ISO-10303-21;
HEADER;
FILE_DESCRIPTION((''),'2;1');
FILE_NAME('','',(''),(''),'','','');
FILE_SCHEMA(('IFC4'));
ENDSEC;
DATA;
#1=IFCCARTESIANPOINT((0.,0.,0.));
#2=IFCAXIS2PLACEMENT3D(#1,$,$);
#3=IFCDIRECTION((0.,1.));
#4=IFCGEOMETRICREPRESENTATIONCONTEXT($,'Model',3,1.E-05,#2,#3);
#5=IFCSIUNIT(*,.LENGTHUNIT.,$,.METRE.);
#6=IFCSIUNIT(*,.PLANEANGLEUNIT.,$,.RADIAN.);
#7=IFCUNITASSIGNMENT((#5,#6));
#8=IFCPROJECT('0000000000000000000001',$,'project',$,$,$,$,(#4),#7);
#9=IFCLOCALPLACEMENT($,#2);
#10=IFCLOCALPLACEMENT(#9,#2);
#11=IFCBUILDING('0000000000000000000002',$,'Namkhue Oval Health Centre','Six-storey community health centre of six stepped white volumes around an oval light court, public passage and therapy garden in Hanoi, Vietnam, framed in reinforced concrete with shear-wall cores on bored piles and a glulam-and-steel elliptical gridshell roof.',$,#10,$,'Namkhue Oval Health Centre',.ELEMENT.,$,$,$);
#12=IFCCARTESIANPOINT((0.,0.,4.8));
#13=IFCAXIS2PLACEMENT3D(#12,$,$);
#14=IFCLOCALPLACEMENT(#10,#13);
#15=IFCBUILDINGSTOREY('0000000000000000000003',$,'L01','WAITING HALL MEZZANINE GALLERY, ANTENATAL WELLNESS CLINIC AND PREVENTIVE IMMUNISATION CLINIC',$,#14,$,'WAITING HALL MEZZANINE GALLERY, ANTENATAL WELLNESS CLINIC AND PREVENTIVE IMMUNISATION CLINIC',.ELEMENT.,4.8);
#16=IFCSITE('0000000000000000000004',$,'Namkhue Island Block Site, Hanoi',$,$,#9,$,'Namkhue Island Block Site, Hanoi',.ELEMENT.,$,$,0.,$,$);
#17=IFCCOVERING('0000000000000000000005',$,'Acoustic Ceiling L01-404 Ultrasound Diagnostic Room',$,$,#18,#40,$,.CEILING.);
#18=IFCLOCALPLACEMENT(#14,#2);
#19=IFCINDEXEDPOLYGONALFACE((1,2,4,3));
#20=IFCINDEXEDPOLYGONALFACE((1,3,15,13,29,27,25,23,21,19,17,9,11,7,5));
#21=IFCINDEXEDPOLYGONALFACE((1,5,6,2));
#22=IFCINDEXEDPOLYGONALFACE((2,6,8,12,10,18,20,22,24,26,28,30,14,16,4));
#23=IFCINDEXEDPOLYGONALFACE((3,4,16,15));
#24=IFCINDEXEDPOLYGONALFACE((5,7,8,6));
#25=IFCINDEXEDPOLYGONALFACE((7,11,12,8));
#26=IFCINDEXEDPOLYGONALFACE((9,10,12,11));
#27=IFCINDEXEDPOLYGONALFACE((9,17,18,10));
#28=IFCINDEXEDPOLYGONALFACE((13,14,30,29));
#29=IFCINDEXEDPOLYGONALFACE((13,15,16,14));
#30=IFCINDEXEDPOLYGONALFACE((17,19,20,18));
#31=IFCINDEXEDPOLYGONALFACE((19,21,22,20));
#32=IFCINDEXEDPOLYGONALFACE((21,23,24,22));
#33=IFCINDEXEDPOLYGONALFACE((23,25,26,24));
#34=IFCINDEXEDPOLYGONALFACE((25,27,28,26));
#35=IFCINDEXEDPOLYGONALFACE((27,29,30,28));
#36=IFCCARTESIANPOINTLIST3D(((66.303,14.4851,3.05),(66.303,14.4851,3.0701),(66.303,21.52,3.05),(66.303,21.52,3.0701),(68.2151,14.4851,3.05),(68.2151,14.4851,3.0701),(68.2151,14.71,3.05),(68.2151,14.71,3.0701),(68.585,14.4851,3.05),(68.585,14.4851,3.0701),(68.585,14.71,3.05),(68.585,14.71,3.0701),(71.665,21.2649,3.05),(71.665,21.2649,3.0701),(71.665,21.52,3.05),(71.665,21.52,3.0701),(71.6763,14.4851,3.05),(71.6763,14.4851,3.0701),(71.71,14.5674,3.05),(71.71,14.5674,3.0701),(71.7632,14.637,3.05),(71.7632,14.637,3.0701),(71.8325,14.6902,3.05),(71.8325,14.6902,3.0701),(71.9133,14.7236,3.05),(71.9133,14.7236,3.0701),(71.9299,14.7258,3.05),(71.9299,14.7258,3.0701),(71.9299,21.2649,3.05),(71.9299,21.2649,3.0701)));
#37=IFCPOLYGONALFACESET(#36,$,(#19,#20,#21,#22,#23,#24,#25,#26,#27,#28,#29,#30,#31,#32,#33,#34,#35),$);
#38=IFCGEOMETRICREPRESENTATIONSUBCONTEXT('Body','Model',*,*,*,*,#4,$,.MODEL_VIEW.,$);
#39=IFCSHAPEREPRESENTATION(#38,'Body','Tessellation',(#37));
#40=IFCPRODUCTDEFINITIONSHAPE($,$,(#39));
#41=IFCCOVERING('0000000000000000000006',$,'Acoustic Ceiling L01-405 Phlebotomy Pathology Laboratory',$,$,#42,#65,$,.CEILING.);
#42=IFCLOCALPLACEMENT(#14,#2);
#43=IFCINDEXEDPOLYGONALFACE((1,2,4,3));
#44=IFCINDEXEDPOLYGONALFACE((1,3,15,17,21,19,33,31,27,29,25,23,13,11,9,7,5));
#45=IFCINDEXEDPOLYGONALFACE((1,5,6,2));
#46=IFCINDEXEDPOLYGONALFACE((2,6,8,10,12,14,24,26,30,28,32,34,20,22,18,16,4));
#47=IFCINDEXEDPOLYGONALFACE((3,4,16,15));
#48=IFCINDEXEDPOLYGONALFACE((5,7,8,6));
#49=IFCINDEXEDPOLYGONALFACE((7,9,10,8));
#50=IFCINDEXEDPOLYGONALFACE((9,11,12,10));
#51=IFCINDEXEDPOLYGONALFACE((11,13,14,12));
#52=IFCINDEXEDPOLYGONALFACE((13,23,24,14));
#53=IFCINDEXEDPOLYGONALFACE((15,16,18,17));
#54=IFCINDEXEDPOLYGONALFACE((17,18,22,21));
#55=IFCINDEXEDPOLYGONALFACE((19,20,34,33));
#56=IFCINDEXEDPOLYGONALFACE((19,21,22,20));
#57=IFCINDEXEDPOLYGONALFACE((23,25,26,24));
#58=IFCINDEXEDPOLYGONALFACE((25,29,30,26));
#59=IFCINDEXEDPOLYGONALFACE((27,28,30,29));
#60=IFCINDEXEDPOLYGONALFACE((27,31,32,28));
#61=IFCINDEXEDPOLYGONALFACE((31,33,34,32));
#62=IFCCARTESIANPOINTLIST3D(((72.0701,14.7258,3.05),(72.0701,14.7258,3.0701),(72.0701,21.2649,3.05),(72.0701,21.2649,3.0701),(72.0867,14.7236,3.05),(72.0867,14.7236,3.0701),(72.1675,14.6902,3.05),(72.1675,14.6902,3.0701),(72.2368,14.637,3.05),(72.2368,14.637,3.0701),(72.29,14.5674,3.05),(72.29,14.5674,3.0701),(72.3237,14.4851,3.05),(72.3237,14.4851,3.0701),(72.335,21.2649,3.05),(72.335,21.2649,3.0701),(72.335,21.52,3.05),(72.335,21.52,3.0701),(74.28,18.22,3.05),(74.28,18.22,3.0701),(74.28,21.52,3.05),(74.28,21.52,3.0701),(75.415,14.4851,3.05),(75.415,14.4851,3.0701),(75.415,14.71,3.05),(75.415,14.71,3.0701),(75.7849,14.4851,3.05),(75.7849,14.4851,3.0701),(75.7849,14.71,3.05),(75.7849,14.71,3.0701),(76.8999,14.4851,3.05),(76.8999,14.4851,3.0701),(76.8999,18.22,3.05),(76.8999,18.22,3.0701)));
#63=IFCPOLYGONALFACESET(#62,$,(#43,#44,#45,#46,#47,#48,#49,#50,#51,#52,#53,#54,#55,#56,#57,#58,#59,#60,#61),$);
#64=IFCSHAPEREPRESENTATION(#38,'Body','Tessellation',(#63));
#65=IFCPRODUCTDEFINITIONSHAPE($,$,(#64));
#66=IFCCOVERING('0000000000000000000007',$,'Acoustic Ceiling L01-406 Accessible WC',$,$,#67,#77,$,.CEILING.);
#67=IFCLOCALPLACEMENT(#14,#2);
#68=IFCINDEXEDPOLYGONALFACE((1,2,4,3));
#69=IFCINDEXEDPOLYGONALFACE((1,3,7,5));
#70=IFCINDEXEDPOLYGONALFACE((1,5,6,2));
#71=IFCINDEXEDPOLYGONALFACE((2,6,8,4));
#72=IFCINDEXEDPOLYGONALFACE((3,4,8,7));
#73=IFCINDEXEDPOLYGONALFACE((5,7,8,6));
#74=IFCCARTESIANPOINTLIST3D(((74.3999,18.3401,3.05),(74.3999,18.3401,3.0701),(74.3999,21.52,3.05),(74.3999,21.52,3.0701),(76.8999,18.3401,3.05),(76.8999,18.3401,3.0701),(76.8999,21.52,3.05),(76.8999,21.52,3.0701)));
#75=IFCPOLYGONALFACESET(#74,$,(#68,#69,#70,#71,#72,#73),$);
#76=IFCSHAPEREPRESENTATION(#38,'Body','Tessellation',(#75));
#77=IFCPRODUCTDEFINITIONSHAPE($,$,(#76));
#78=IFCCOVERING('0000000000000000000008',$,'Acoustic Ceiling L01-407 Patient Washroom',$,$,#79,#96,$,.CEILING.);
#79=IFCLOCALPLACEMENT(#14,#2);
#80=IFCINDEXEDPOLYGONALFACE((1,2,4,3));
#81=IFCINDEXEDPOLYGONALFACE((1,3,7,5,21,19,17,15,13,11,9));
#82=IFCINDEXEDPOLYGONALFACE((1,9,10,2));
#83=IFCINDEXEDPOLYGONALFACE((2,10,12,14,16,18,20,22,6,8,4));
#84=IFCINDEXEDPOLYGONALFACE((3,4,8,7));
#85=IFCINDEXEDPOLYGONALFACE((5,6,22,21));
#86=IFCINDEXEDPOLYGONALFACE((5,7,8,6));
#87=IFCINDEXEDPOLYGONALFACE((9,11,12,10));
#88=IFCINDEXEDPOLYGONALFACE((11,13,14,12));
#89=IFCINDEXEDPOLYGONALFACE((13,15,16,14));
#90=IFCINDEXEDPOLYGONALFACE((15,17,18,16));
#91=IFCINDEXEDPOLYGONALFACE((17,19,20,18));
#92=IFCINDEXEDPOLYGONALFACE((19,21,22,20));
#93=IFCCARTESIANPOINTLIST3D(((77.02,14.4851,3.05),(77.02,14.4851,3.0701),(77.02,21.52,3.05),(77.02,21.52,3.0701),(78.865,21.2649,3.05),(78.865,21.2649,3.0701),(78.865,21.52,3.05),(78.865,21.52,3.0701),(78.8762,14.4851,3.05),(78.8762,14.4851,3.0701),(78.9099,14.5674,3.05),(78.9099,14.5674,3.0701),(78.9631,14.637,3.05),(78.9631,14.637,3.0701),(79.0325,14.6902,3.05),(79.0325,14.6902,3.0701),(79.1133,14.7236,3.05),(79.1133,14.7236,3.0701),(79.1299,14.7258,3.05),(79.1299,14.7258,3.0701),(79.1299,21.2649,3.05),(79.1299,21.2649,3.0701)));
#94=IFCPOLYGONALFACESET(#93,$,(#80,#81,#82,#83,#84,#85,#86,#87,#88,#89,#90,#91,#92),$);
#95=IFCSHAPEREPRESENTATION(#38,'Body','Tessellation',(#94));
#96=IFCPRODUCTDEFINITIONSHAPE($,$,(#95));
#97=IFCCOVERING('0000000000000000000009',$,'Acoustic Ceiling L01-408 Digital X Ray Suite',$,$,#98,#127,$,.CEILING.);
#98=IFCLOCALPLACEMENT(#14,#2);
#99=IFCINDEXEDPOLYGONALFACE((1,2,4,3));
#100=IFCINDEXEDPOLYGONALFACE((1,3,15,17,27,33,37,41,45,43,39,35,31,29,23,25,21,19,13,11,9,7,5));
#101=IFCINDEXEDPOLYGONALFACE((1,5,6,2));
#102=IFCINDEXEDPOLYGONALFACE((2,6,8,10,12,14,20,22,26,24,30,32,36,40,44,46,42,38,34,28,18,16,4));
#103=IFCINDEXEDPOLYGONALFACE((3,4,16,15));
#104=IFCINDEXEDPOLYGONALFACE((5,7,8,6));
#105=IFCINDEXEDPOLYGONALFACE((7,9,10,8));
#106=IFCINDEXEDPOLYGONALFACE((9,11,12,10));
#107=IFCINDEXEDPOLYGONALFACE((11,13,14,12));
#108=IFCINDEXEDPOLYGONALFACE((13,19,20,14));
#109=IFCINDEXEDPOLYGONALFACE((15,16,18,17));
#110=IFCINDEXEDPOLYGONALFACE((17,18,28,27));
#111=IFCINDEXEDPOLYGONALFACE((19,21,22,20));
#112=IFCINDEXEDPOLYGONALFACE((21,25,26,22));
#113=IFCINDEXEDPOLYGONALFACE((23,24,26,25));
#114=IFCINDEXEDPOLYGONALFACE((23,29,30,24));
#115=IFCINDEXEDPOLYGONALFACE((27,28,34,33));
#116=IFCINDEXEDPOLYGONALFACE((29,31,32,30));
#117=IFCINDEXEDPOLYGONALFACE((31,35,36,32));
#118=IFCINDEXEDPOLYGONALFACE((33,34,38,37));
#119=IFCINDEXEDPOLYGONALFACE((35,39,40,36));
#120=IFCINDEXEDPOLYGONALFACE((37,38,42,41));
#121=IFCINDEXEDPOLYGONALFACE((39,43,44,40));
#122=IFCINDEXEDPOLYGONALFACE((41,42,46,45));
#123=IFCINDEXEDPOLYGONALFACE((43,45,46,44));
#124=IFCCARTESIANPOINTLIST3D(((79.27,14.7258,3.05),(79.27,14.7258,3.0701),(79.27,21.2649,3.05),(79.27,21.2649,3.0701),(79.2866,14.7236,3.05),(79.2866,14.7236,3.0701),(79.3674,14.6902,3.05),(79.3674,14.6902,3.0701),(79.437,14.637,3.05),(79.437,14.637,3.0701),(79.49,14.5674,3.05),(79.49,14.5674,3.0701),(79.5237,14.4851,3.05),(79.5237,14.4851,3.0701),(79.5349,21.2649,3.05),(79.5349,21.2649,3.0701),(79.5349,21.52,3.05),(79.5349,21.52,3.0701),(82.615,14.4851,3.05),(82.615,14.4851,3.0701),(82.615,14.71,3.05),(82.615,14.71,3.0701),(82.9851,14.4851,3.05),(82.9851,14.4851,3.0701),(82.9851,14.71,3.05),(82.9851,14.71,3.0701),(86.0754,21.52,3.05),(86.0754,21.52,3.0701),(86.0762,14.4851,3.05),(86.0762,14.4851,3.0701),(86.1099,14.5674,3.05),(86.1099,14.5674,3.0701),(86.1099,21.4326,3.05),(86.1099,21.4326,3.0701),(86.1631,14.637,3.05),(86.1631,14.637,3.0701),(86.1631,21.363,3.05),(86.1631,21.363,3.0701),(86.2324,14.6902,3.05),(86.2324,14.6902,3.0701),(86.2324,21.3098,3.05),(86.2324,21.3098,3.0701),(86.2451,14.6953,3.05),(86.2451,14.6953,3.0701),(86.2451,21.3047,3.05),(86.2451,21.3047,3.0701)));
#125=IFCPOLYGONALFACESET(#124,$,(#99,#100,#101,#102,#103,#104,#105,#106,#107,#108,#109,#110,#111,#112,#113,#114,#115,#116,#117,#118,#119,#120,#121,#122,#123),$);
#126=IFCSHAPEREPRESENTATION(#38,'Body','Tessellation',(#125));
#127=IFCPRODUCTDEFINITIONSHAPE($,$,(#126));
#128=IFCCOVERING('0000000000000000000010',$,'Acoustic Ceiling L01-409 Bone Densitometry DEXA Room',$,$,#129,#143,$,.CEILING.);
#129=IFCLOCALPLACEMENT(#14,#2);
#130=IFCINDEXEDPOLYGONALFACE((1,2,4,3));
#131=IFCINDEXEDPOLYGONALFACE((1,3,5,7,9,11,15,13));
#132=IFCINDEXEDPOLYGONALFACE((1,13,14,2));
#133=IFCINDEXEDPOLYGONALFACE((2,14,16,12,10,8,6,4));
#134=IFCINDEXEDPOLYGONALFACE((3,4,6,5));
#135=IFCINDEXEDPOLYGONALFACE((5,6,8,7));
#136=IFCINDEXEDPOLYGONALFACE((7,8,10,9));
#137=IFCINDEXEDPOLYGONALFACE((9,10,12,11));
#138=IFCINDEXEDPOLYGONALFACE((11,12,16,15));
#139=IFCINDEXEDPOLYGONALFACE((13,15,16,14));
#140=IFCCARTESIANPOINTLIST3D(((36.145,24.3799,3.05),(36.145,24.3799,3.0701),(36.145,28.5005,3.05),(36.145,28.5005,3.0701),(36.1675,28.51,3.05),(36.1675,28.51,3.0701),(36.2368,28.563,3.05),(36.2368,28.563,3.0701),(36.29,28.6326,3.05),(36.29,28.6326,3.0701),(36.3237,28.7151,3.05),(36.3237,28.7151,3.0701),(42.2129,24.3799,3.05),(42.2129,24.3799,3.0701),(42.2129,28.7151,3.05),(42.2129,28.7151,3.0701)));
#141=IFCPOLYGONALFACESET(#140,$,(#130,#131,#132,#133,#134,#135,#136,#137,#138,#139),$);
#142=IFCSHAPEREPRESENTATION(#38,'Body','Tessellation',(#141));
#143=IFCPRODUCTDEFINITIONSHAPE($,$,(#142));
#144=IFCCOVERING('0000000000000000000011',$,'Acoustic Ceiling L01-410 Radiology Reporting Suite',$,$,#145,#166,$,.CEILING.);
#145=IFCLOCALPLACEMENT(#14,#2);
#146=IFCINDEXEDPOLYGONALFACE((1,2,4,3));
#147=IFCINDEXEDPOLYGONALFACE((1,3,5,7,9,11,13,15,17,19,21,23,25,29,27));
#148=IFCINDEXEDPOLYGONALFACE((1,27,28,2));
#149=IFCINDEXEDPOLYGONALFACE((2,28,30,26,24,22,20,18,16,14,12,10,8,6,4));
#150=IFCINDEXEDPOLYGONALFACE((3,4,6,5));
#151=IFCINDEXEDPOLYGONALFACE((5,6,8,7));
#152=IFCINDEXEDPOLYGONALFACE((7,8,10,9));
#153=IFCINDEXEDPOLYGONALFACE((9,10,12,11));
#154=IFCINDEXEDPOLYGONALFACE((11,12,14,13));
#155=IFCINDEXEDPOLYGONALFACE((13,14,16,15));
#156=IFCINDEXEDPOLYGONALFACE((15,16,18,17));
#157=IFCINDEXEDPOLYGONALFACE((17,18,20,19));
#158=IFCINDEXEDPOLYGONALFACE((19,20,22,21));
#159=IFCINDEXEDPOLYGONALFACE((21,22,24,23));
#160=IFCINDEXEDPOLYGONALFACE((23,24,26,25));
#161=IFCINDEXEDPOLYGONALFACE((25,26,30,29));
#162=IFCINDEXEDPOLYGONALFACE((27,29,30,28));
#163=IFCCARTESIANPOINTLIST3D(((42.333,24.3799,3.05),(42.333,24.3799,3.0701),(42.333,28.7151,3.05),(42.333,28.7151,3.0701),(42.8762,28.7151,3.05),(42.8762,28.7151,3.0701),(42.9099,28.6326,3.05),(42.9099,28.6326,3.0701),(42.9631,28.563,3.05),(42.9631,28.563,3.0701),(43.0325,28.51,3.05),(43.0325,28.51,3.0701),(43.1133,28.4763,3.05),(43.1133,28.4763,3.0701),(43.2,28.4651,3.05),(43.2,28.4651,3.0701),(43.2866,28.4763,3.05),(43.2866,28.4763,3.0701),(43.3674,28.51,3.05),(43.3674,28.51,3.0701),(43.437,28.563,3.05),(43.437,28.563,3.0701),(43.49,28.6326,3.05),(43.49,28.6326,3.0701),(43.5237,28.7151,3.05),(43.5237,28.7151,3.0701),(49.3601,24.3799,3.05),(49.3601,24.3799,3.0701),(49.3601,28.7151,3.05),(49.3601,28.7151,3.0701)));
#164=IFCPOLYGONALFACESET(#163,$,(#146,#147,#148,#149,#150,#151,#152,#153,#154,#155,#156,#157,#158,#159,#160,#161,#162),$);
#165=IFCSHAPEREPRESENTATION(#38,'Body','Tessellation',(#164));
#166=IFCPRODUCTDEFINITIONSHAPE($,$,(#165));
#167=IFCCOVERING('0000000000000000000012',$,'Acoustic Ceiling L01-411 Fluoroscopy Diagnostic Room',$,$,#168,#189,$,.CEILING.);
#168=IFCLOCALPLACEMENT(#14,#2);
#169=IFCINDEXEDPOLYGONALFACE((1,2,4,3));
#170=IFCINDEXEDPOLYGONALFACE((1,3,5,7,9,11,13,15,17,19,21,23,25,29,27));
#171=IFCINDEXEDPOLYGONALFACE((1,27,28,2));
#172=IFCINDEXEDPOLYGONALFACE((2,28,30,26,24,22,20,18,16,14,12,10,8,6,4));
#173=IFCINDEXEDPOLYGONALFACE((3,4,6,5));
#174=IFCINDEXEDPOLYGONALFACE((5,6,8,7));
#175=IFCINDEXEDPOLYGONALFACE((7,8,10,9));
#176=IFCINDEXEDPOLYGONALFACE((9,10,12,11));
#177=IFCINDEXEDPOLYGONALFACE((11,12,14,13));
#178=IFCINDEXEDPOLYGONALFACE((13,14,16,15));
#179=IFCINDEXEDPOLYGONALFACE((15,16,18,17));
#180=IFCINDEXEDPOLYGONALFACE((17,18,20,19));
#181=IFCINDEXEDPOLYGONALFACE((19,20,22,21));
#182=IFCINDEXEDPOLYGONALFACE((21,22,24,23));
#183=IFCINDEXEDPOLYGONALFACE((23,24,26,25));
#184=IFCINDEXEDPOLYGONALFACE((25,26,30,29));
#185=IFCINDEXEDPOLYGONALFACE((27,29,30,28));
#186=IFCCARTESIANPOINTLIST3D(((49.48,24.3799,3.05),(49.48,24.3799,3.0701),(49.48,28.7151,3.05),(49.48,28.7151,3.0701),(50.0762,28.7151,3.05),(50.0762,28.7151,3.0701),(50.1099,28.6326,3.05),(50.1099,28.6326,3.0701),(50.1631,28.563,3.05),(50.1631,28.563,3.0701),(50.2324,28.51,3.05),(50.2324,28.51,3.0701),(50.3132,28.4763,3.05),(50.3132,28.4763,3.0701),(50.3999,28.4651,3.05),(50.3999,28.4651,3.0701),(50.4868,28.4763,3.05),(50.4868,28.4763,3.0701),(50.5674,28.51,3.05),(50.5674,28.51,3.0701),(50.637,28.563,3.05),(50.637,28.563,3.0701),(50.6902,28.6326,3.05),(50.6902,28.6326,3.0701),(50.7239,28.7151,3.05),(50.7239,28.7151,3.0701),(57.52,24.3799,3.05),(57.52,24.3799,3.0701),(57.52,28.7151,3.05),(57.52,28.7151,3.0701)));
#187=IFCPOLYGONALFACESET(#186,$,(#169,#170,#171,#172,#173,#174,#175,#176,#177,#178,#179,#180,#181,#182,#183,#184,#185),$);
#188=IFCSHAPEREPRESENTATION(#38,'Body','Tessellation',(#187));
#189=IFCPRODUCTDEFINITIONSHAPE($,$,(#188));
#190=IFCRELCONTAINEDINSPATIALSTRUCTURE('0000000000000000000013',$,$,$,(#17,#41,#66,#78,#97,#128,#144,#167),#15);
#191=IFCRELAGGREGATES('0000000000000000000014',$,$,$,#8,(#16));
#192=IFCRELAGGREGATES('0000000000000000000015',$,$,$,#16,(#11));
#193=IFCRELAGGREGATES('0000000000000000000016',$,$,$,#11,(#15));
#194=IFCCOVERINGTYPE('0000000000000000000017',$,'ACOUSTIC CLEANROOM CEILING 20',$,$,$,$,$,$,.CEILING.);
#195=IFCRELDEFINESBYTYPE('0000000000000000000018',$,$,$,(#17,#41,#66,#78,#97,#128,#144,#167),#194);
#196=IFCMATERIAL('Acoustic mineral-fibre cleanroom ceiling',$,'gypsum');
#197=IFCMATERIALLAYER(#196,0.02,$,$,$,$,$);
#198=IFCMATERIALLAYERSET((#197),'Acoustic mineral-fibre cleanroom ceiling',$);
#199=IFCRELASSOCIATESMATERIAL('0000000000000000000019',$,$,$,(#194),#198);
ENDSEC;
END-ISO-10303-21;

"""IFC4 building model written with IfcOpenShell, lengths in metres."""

from ifc_helpers import new_model, si_unit, direction, frame, origin, place, context, subcontext, project, spatial, polyline, outline, extrude, material, layer, layer_set, type_object, element, save


model = new_model("IFC4")

# Units and contexts
model_context = context("Model", 3, precision=1e-05, world=origin(), true_north=direction((0.0, 1.0)))
body_context = subcontext(model_context, "Body", "Model", "MODEL_VIEW")
ifc_project = project(units=[si_unit("LENGTHUNIT", "METRE"), si_unit("PLANEANGLEUNIT", "RADIAN")], contexts=[model_context])

# Site, building, storey
site_placement = place(None, origin())
site = spatial("IfcSite", under=ifc_project, at=site_placement, Name="Namkhue Island Block Site, Hanoi", LongName="Namkhue Island Block Site, Hanoi", CompositionType="ELEMENT", RefElevation=0.0)
building_placement = place(site_placement, origin())
building = spatial("IfcBuilding", under=site, at=building_placement, Name="Namkhue Oval Health Centre", Description="Six-storey community health centre of six stepped white volumes around an oval light court, public passage and therapy garden in Hanoi, Vietnam, framed in reinforced concrete with shear-wall cores on bored piles and a glulam-and-steel elliptical gridshell roof.", LongName="Namkhue Oval Health Centre", CompositionType="ELEMENT")
storey_placement = place(building_placement, frame((0.0, 0.0, 4.8)))
storey = spatial("IfcBuildingStorey", under=building, at=storey_placement, Name="L01", Description="WAITING HALL MEZZANINE GALLERY, ANTENATAL WELLNESS CLINIC AND PREVENTIVE IMMUNISATION CLINIC", LongName="WAITING HALL MEZZANINE GALLERY, ANTENATAL WELLNESS CLINIC AND PREVENTIVE IMMUNISATION CLINIC", CompositionType="ELEMENT", Elevation=4.8)

# Coverings
ifc_material = material(Name="Acoustic mineral-fibre cleanroom ceiling", Category="gypsum")
ifc_layer = layer(ifc_material, 0.02)
ifc_layer_set = layer_set([ifc_layer], Name="Acoustic mineral-fibre cleanroom ceiling")
covering_type = type_object("IfcCoveringType", Name="ACOUSTIC CLEANROOM CEILING 20", PredefinedType="CEILING", material=ifc_layer_set)
covering_1_placement = place(storey_placement, frame((0.0, 0.0, 3.05)))
element("IfcCovering", 1, at=covering_1_placement, inside=storey, type_object=covering_type, Name="Acoustic Ceiling L01-404 Ultrasound Diagnostic Room", PredefinedType="CEILING", context=body_context, shape_type="SweptSolid", body=[
    extrude(outline(polyline([(68.585, 14.4851), (68.585, 14.71), (68.2151, 14.71), (68.2151, 14.4851), (66.303, 14.4851), (66.303, 21.52), (71.665, 21.52), (71.665, 21.2649), (71.9299, 21.2649), (71.9299, 14.7258), (71.9133, 14.7236), (71.8325, 14.6902), (71.7632, 14.637), (71.71, 14.5674), (71.6763, 14.4851), (68.585, 14.4851)])), origin(), (0.0, 0.0, 1.0), 0.02),
])
covering_2_placement = place(storey_placement, frame((0.0, 0.0, 3.05)))
element("IfcCovering", 2, at=covering_2_placement, inside=storey, type_object=covering_type, Name="Acoustic Ceiling L01-405 Phlebotomy Pathology Laboratory", PredefinedType="CEILING", context=body_context, shape_type="SweptSolid", body=[
    extrude(outline(polyline([(74.28, 21.52), (74.28, 18.22), (76.8999, 18.22), (76.8999, 14.4851), (75.7849, 14.4851), (75.7849, 14.71), (75.415, 14.71), (75.415, 14.4851), (72.3237, 14.4851), (72.29, 14.5674), (72.2368, 14.637), (72.1675, 14.6902), (72.0867, 14.7236), (72.0701, 14.7258), (72.0701, 21.2649), (72.335, 21.2649), (72.335, 21.52), (74.28, 21.52)])), origin(), (0.0, 0.0, 1.0), 0.02),
])
covering_3_placement = place(storey_placement, frame((0.0, 0.0, 3.05)))
element("IfcCovering", 3, at=covering_3_placement, inside=storey, type_object=covering_type, Name="Acoustic Ceiling L01-406 Accessible WC", PredefinedType="CEILING", context=body_context, shape_type="SweptSolid", body=[
    extrude(outline(polyline([(74.3999, 18.3401), (74.3999, 21.52), (76.8999, 21.52), (76.8999, 18.3401), (74.3999, 18.3401)])), origin(), (0.0, 0.0, 1.0), 0.02),
])
covering_4_placement = place(storey_placement, frame((0.0, 0.0, 3.05)))
element("IfcCovering", 4, at=covering_4_placement, inside=storey, type_object=covering_type, Name="Acoustic Ceiling L01-407 Patient Washroom", PredefinedType="CEILING", context=body_context, shape_type="SweptSolid", body=[
    extrude(outline(polyline([(77.02, 14.4851), (77.02, 21.52), (78.865, 21.52), (78.865, 21.2649), (79.1299, 21.2649), (79.1299, 14.7258), (79.1133, 14.7236), (79.0325, 14.6902), (78.9631, 14.637), (78.9099, 14.5674), (78.8762, 14.4851), (77.02, 14.4851)])), origin(), (0.0, 0.0, 1.0), 0.02),
])
covering_5_placement = place(storey_placement, frame((0.0, 0.0, 3.05)))
element("IfcCovering", 5, at=covering_5_placement, inside=storey, type_object=covering_type, Name="Acoustic Ceiling L01-408 Digital X Ray Suite", PredefinedType="CEILING", context=body_context, shape_type="SweptSolid", body=[
    extrude(outline(polyline([(82.9851, 14.4851), (82.9851, 14.71), (82.615, 14.71), (82.615, 14.4851), (79.5237, 14.4851), (79.49, 14.5674), (79.437, 14.637), (79.3674, 14.6902), (79.2866, 14.7236), (79.27, 14.7258), (79.27, 21.2649), (79.5349, 21.2649), (79.5349, 21.52), (86.0754, 21.52), (86.1099, 21.4326), (86.1631, 21.363), (86.2324, 21.3098), (86.2451, 21.3047), (86.2451, 14.6953), (86.2324, 14.6902), (86.1631, 14.637), (86.1099, 14.5674), (86.0762, 14.4851), (82.9851, 14.4851)])), origin(), (0.0, 0.0, 1.0), 0.02),
])
covering_6_placement = place(storey_placement, frame((0.0, 0.0, 3.05)))
element("IfcCovering", 6, at=covering_6_placement, inside=storey, type_object=covering_type, Name="Acoustic Ceiling L01-409 Bone Densitometry DEXA Room", PredefinedType="CEILING", context=body_context, shape_type="SweptSolid", body=[
    extrude(outline(polyline([(36.145, 24.3799), (36.145, 28.5005), (36.1675, 28.51), (36.2368, 28.563), (36.29, 28.6326), (36.3237, 28.7151), (42.2129, 28.7151), (42.2129, 24.3799), (36.145, 24.3799)])), origin(), (0.0, 0.0, 1.0), 0.02),
])
covering_7_placement = place(storey_placement, frame((0.0, 0.0, 3.05)))
element("IfcCovering", 7, at=covering_7_placement, inside=storey, type_object=covering_type, Name="Acoustic Ceiling L01-410 Radiology Reporting Suite", PredefinedType="CEILING", context=body_context, shape_type="SweptSolid", body=[
    extrude(outline(polyline([(42.333, 24.3799), (42.333, 28.7151), (42.8762, 28.7151), (42.9099, 28.6326), (42.9631, 28.563), (43.0325, 28.51), (43.1133, 28.4763), (43.2, 28.4651), (43.2866, 28.4763), (43.3674, 28.51), (43.437, 28.563), (43.49, 28.6326), (43.5237, 28.7151), (49.3601, 28.7151), (49.3601, 24.3799), (42.333, 24.3799)])), origin(), (0.0, 0.0, 1.0), 0.02),
])
covering_8_placement = place(storey_placement, frame((0.0, 0.0, 3.05)))
element("IfcCovering", 8, at=covering_8_placement, inside=storey, type_object=covering_type, Name="Acoustic Ceiling L01-411 Fluoroscopy Diagnostic Room", PredefinedType="CEILING", context=body_context, shape_type="SweptSolid", body=[
    extrude(outline(polyline([(49.48, 24.3799), (49.48, 28.7151), (50.0762, 28.7151), (50.1099, 28.6326), (50.1631, 28.563), (50.2324, 28.51), (50.3132, 28.4763), (50.3999, 28.4651), (50.4868, 28.4763), (50.5674, 28.51), (50.637, 28.563), (50.6902, 28.6326), (50.7239, 28.7151), (57.52, 28.7151), (57.52, 24.3799), (49.48, 24.3799)])), origin(), (0.0, 0.0, 1.0), 0.02),
])

save(model, "model.ifc")
